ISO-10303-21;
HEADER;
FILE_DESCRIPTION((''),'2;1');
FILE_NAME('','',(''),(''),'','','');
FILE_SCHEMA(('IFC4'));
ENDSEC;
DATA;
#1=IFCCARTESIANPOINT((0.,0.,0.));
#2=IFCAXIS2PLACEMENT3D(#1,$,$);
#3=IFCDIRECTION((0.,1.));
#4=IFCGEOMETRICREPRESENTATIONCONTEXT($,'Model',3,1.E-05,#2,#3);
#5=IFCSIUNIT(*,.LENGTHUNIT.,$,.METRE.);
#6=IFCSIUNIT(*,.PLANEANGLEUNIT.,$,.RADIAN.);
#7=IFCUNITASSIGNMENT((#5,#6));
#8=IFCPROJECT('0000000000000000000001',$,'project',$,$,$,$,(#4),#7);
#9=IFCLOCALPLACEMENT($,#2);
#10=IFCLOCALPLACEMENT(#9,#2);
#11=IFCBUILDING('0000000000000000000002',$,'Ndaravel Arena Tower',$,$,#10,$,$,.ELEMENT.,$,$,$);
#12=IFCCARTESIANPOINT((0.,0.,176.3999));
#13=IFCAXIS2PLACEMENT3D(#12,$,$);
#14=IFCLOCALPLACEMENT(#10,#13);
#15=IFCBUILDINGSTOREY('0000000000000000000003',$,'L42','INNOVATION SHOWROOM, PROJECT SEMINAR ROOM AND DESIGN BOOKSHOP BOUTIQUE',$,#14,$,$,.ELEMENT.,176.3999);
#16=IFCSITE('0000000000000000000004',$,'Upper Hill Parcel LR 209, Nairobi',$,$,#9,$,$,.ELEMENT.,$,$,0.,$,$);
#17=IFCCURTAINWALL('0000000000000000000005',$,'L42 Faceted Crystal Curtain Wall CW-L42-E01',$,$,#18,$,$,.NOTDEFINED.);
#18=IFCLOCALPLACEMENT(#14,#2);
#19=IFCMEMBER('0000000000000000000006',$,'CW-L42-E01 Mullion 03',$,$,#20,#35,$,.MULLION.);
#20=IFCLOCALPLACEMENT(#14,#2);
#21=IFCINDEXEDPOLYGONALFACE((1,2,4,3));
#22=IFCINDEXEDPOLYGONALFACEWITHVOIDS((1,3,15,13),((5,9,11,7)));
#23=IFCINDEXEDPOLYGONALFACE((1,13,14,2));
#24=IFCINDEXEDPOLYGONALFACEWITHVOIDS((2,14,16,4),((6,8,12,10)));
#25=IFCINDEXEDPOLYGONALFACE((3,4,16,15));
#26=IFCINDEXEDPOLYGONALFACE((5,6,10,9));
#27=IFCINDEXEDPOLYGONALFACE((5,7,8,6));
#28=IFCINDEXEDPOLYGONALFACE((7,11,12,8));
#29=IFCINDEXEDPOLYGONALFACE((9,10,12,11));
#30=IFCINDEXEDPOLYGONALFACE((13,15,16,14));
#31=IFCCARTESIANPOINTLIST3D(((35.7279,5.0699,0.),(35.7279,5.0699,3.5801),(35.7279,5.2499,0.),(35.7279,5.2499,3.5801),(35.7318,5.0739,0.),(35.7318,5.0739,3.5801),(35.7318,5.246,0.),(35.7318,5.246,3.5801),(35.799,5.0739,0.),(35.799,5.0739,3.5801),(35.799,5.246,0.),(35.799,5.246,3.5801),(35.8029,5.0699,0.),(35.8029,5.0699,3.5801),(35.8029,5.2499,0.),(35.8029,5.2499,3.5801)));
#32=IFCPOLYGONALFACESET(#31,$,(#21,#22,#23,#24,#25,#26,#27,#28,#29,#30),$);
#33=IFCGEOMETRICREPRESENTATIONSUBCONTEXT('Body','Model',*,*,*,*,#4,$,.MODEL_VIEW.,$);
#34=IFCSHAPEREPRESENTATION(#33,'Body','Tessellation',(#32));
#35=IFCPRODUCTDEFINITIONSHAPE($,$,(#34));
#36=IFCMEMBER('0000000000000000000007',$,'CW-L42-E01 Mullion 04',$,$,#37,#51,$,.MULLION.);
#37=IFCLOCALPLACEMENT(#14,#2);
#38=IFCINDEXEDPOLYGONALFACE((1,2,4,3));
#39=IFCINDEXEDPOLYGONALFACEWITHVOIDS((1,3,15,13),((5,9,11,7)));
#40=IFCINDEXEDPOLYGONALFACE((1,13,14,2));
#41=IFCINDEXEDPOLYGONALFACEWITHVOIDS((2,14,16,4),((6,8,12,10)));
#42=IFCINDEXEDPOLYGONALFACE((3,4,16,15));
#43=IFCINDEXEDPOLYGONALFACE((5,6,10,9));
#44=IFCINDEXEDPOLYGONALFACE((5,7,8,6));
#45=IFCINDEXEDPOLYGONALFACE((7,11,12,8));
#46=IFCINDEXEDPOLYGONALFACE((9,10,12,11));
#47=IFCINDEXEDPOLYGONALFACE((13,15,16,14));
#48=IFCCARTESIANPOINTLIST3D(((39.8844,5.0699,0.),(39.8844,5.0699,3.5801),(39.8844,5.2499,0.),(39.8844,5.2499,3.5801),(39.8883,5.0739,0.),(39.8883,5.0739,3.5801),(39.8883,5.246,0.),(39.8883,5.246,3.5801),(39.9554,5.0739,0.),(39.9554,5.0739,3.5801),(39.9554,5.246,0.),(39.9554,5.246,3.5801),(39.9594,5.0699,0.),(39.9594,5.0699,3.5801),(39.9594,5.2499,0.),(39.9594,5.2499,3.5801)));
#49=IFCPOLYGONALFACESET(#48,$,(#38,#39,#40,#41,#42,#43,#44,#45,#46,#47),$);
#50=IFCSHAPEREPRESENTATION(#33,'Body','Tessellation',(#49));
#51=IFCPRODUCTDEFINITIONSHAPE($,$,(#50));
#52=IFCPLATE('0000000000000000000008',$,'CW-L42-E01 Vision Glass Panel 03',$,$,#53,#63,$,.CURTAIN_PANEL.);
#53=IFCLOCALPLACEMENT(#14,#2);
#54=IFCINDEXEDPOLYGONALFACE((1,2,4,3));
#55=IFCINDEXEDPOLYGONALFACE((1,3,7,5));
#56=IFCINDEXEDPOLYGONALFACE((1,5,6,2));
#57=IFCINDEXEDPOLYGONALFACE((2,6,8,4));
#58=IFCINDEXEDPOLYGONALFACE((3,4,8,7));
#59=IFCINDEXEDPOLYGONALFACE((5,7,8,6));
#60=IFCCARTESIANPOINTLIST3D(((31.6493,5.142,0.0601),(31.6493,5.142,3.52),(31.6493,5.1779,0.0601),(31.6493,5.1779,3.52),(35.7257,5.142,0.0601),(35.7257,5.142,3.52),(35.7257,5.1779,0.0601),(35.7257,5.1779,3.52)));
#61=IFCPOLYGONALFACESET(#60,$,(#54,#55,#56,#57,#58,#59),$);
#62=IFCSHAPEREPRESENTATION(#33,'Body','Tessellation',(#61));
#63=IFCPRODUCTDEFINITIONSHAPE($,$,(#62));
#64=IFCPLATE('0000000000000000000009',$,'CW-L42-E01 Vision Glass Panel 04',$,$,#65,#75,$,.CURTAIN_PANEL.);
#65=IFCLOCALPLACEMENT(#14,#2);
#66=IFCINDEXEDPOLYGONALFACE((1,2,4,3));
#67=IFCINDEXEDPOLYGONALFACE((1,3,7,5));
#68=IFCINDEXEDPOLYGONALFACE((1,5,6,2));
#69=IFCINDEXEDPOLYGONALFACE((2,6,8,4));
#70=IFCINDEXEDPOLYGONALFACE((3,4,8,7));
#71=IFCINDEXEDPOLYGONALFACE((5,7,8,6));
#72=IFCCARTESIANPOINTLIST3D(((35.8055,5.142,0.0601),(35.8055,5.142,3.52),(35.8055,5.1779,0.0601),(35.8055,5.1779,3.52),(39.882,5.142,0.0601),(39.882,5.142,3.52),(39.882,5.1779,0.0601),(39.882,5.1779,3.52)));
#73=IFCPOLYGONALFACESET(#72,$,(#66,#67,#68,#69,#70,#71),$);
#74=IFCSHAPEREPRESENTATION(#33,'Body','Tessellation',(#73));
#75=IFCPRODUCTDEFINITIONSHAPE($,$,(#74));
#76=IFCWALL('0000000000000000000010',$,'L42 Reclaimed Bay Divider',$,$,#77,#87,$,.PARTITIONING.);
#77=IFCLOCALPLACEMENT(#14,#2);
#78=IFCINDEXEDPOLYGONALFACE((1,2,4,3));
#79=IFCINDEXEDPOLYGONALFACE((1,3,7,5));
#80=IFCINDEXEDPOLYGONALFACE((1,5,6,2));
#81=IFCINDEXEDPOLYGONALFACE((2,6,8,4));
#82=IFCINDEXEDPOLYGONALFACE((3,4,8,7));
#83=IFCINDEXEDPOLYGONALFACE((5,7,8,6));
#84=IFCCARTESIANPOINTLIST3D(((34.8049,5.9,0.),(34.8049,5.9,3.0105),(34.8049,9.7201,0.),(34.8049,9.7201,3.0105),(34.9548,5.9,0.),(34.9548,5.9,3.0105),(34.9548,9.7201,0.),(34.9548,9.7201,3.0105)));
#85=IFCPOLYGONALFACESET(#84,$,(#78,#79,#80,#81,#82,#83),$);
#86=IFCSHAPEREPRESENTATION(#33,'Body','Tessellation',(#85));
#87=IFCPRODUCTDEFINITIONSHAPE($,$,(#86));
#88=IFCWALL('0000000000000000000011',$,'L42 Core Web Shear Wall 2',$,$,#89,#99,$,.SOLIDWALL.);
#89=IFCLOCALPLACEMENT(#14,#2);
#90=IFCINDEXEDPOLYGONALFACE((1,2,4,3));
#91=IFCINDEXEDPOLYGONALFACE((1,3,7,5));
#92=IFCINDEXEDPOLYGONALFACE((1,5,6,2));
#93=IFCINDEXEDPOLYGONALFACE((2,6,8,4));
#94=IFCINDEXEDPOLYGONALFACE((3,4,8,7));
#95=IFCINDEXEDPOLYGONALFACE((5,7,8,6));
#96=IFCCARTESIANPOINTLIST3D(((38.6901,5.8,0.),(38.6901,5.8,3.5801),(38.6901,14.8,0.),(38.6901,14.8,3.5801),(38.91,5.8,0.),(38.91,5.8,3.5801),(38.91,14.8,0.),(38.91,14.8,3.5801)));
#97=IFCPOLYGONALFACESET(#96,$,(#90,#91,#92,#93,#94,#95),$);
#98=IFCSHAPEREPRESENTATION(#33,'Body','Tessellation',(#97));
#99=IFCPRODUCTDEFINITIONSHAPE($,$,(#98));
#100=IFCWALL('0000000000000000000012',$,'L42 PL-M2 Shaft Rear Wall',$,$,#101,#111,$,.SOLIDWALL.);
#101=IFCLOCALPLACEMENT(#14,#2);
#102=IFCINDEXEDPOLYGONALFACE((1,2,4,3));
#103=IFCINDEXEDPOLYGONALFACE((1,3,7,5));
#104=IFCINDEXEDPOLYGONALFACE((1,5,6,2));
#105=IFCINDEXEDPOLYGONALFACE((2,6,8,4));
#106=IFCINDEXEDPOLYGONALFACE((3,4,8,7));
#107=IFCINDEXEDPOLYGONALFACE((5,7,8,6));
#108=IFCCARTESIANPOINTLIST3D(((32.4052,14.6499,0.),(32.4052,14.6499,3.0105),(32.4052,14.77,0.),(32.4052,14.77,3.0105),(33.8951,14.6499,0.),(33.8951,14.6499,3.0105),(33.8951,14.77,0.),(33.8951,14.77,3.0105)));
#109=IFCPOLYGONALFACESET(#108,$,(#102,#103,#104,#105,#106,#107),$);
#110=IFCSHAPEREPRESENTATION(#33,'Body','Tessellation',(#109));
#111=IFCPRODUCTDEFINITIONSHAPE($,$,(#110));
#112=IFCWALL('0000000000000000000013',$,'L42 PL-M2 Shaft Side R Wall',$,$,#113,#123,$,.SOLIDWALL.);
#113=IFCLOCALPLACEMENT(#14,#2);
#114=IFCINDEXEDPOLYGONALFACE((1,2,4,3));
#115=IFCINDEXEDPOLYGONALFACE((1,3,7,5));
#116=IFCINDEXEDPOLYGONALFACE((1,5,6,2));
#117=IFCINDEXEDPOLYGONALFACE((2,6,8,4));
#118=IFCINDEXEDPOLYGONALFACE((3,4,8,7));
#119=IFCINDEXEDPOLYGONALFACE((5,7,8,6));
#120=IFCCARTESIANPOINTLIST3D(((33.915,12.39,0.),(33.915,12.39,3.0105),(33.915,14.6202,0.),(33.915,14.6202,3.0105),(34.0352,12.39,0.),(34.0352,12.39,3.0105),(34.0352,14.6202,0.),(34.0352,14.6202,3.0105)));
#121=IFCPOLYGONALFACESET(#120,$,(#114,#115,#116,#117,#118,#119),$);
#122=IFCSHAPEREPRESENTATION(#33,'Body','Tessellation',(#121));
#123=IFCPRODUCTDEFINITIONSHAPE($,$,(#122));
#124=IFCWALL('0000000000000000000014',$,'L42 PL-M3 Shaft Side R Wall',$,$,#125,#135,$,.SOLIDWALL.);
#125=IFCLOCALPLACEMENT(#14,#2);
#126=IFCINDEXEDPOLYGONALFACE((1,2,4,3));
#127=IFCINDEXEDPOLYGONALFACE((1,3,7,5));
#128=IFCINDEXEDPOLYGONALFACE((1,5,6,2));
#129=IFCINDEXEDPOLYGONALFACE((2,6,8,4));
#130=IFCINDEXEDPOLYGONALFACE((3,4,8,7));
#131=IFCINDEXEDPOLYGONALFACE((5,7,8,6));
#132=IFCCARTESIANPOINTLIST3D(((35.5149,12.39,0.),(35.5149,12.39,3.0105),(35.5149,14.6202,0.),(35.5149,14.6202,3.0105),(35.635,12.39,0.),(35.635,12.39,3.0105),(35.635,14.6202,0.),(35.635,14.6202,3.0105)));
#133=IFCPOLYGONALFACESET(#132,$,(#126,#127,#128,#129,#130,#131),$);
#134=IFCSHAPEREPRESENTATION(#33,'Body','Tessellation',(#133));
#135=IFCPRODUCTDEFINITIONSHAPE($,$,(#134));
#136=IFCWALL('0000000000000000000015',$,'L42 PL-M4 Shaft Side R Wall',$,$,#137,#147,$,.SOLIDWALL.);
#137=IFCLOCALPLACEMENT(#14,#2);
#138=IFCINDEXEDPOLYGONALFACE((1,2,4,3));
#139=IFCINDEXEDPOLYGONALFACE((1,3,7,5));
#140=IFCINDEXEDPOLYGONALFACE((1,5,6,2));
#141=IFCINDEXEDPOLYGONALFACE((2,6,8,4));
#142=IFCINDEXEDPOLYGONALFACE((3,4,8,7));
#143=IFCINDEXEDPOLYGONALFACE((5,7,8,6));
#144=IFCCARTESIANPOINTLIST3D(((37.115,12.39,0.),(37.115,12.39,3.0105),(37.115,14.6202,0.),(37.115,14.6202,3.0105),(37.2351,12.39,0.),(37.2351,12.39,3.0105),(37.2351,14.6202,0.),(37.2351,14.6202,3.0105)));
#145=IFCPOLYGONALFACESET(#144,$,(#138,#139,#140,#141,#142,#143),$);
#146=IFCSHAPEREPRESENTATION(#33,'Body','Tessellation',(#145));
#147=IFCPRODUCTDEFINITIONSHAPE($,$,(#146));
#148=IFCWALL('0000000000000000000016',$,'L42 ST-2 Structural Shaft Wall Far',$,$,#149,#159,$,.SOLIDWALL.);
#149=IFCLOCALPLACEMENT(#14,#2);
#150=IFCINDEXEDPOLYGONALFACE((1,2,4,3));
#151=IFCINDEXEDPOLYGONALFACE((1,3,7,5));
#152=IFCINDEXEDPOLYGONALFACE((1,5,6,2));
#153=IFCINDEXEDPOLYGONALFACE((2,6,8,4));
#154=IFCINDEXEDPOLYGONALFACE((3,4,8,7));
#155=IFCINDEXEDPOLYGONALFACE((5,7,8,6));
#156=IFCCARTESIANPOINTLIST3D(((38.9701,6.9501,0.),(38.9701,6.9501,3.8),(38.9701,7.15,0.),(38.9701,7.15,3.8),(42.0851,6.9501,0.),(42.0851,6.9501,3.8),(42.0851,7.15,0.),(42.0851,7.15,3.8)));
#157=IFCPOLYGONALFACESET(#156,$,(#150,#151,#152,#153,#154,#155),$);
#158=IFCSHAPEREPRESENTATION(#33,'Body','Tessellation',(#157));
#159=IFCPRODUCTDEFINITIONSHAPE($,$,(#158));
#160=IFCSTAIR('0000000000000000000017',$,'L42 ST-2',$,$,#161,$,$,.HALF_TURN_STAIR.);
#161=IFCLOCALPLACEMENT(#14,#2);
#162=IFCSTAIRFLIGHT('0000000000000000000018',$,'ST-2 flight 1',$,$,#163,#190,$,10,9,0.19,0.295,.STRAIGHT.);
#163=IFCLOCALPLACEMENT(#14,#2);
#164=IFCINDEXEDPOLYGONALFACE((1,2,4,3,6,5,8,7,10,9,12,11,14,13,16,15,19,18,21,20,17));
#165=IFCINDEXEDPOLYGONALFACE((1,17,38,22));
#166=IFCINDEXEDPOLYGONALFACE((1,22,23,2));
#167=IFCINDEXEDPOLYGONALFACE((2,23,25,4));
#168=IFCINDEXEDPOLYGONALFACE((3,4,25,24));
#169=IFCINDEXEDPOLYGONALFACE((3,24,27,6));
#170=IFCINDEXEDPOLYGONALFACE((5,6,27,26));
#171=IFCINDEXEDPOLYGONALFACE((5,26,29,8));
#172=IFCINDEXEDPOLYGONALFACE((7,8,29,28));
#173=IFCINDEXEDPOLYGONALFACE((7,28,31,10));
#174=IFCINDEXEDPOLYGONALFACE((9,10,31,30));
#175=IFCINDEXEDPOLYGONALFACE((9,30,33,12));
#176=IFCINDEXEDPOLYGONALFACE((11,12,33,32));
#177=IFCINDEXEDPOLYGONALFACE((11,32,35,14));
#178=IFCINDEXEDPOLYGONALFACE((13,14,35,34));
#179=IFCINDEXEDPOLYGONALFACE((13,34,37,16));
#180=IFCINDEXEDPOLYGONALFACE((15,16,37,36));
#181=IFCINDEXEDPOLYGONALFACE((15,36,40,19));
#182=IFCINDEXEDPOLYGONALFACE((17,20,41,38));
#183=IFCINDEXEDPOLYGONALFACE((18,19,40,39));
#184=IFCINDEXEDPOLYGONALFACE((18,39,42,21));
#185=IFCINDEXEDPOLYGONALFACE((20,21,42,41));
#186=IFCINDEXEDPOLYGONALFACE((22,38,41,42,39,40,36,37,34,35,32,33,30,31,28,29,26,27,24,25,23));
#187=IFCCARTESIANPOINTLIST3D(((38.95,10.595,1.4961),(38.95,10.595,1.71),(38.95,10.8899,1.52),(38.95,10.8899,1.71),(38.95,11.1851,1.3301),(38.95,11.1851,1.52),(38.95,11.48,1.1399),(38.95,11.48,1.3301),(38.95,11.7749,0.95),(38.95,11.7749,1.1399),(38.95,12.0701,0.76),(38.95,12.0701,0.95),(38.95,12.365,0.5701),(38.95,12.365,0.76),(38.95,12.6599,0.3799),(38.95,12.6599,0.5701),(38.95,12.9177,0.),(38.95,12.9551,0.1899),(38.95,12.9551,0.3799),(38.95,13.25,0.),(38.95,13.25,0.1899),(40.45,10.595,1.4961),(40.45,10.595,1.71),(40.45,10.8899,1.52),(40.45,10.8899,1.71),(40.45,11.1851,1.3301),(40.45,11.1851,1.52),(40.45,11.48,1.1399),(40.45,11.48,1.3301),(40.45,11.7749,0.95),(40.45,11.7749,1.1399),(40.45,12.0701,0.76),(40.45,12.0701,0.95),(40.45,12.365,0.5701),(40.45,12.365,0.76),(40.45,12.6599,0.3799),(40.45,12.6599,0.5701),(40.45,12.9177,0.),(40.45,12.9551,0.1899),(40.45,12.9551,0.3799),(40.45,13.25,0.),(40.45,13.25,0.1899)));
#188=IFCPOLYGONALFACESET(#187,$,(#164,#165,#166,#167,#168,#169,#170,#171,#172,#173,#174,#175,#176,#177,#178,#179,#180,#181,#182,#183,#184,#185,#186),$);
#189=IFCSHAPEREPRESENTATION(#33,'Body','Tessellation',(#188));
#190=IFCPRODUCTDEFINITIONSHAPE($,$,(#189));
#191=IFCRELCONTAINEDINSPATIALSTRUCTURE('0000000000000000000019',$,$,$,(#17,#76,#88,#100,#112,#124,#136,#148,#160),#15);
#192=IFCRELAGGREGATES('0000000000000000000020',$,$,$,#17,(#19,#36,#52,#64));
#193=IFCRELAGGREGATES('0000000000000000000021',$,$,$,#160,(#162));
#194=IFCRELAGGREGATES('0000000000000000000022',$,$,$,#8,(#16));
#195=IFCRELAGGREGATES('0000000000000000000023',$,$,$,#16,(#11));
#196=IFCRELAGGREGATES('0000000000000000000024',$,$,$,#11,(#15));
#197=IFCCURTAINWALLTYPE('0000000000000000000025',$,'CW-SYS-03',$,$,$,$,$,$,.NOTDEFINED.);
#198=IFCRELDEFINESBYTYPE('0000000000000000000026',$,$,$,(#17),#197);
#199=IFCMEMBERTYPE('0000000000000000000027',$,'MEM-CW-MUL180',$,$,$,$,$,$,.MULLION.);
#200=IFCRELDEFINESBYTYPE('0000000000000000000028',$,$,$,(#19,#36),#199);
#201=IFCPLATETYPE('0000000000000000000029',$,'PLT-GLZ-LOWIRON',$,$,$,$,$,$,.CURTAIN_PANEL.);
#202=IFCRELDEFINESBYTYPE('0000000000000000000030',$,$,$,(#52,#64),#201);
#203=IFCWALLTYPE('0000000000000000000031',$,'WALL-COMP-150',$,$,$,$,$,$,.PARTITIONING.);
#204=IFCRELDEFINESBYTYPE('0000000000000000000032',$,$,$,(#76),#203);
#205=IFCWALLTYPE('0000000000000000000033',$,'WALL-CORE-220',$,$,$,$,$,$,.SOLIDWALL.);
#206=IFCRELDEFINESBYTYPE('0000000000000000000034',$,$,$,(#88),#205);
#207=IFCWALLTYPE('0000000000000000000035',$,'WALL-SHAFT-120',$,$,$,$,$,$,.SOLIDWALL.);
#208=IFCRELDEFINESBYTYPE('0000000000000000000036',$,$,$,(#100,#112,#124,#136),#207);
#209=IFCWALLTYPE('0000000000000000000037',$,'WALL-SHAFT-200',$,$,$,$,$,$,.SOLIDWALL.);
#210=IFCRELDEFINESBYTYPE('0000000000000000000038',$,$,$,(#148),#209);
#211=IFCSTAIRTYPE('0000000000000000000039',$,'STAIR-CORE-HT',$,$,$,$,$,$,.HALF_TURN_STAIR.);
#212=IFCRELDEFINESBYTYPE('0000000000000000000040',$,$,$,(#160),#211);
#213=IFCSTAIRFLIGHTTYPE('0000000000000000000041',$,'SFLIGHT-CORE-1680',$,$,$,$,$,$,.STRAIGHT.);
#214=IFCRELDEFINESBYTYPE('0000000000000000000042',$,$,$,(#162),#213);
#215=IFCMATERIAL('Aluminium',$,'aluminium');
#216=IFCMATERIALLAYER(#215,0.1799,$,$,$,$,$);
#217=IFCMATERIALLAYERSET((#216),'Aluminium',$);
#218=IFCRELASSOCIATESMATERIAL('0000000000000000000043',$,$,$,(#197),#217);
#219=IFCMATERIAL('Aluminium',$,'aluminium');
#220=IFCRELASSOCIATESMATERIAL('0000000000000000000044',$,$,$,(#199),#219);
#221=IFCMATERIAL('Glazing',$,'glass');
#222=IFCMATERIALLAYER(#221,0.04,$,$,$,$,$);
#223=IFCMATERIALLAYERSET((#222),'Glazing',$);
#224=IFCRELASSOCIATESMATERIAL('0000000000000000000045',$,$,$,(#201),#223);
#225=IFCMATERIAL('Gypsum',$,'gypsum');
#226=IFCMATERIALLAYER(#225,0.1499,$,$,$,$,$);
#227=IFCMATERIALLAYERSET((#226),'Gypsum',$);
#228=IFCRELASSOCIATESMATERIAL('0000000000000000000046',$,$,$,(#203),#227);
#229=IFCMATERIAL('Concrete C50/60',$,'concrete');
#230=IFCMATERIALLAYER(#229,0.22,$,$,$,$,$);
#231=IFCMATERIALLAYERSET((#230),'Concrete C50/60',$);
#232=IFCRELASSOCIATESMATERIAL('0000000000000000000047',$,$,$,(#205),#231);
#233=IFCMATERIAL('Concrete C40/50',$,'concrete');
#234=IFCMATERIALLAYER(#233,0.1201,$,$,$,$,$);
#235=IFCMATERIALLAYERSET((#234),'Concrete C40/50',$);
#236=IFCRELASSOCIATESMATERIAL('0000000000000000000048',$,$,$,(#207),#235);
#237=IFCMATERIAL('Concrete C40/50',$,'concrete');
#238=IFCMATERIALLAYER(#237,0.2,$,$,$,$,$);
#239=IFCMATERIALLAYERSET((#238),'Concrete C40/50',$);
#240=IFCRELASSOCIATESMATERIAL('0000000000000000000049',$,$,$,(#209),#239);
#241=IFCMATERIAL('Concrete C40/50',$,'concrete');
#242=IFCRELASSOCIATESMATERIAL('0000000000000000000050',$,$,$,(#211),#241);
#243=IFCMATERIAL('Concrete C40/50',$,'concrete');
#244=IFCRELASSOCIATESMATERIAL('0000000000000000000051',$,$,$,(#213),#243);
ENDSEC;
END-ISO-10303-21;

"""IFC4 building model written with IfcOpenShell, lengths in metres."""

from ifc_helpers import new_model, si_unit, direction, frame, frame_2d, origin, origin_2d, place, context, subcontext, project, spatial, polyline, rectangle, hollow_rectangle, outline, extrude, material, layer, layer_set, material_profile, profile_set, type_object, element, aggregate, save


model = new_model("IFC4")

# Units and contexts
model_context = context("Model", 3, precision=1e-05, world=origin(), true_north=direction((0.0, 1.0)))
body_context = subcontext(model_context, "Body", "Model", "MODEL_VIEW")
ifc_project = project(units=[si_unit("LENGTHUNIT", "METRE"), si_unit("PLANEANGLEUNIT", "RADIAN")], contexts=[model_context])

# Site, building, storey
site_placement = place(None, origin())
site = spatial("IfcSite", under=ifc_project, at=site_placement, Name="Upper Hill Parcel LR 209, Nairobi", CompositionType="ELEMENT", RefElevation=0.0)
building_placement = place(site_placement, origin())
building = spatial("IfcBuilding", under=site, at=building_placement, Name="Ndaravel Arena Tower", CompositionType="ELEMENT")
storey_placement = place(building_placement, frame((0.0, 0.0, 176.3999)))
storey = spatial("IfcBuildingStorey", under=building, at=storey_placement, Name="L42", Description="INNOVATION SHOWROOM, PROJECT SEMINAR ROOM AND DESIGN BOOKSHOP BOUTIQUE", CompositionType="ELEMENT", Elevation=176.3999)

# Curtain wall, members, plates
ifc_material_1 = material(Name="Aluminium", Category="aluminium")
ifc_layer_1 = layer(ifc_material_1, 0.1799)
ifc_layer_set_1 = layer_set([ifc_layer_1], Name="Aluminium")
curtain_wall_type = type_object("IfcCurtainWallType", Name="CW-SYS-03", PredefinedType="NOTDEFINED", material=ifc_layer_set_1)
curtain_wall_placement = place(storey_placement, origin())
curtain_wall = element("IfcCurtainWall", 1, at=curtain_wall_placement, inside=storey, type_object=curtain_wall_type, Name="L42 Faceted Crystal Curtain Wall CW-L42-E01", PredefinedType="NOTDEFINED")
ifc_material_2 = material(Name="Aluminium", Category="aluminium")
ifc_material_profile = material_profile(ifc_material_2, hollow_rectangle(XDim=0.075, YDim=0.1799, WallThickness=0.0039, at=origin_2d()), Name="CW MULLION 75x180x4")
ifc_profile_set = profile_set([ifc_material_profile], Name="Aluminium")
member_type = type_object("IfcMemberType", Name="MEM-CW-MUL180", PredefinedType="MULLION", material=ifc_profile_set)
member_1_placement = place(storey_placement, frame((35.7654, 5.1599, 0.0), z_axis=(0.0, 0.0, 1.0), x_axis=(1.0, 0.0, 0.0)))
member_1 = element("IfcMember", 2, at=member_1_placement, type_object=member_type, Name="CW-L42-E01 Mullion 03", PredefinedType="MULLION", context=body_context, shape_type="SweptSolid", body=[
    extrude(hollow_rectangle(XDim=0.075, YDim=0.1799, WallThickness=0.0039, at=origin_2d()), origin(), (0.0, 0.0, 1.0), 3.5801),
])
member_2_placement = place(storey_placement, frame((39.9219, 5.1599, 0.0), z_axis=(0.0, 0.0, 1.0), x_axis=(1.0, 0.0, 0.0)))
member_2 = element("IfcMember", 3, at=member_2_placement, type_object=member_type, Name="CW-L42-E01 Mullion 04", PredefinedType="MULLION", context=body_context, shape_type="SweptSolid", body=[
    extrude(hollow_rectangle(XDim=0.075, YDim=0.1799, WallThickness=0.0039, at=origin_2d()), origin(), (0.0, 0.0, 1.0), 3.5801),
])
ifc_material_3 = material(Name="Glazing", Category="glass")
ifc_layer_2 = layer(ifc_material_3, 0.04)
ifc_layer_set_2 = layer_set([ifc_layer_2], Name="Glazing")
plate_type = type_object("IfcPlateType", Name="PLT-GLZ-LOWIRON", PredefinedType="CURTAIN_PANEL", material=ifc_layer_set_2)
plate_1_placement = place(storey_placement, frame((33.6875, 5.1599, 0.0601), z_axis=(0.0, 0.0, 1.0), x_axis=(1.0, 0.0, 0.0)))
plate_1 = element("IfcPlate", 4, at=plate_1_placement, type_object=plate_type, Name="CW-L42-E01 Vision Glass Panel 03", PredefinedType="CURTAIN_PANEL", context=body_context, shape_type="SweptSolid", body=[
    extrude(rectangle(XDim=4.0764, YDim=0.0359, at=origin_2d()), origin(), (0.0, 0.0, 1.0), 3.46),
])
plate_2_placement = place(storey_placement, frame((37.8438, 5.1599, 0.0601), z_axis=(0.0, 0.0, 1.0), x_axis=(1.0, 0.0, 0.0)))
plate_2 = element("IfcPlate", 5, at=plate_2_placement, type_object=plate_type, Name="CW-L42-E01 Vision Glass Panel 04", PredefinedType="CURTAIN_PANEL", context=body_context, shape_type="SweptSolid", body=[
    extrude(rectangle(XDim=4.0764, YDim=0.0359, at=origin_2d()), origin(), (0.0, 0.0, 1.0), 3.46),
])
aggregate(curtain_wall, [member_1, member_2, plate_1, plate_2])

# Walls
ifc_material_4 = material(Name="Gypsum", Category="gypsum")
ifc_layer_3 = layer(ifc_material_4, 0.1499)
ifc_layer_set_3 = layer_set([ifc_layer_3], Name="Gypsum")
wall_type_1 = type_object("IfcWallType", Name="WALL-COMP-150", PredefinedType="PARTITIONING", material=ifc_layer_set_3)
wall_1_placement = place(storey_placement, frame((34.8799, 5.8999, 0.0), z_axis=(0.0, 0.0, 1.0), x_axis=(0.0, 1.0, 0.0)))
element("IfcWall", 6, at=wall_1_placement, inside=storey, type_object=wall_type_1, Name="L42 Reclaimed Bay Divider", PredefinedType="PARTITIONING", context=body_context, shape_type="SweptSolid", body=[
    extrude(rectangle(XDim=3.8201, YDim=0.1499, at=frame_2d((1.9102, 0.0))), origin(), (0.0, 0.0, 1.0), 3.0105),
])
ifc_material_5 = material(Name="Concrete C50/60", Category="concrete")
ifc_layer_4 = layer(ifc_material_5, 0.22)
ifc_layer_set_4 = layer_set([ifc_layer_4], Name="Concrete C50/60")
wall_type_2 = type_object("IfcWallType", Name="WALL-CORE-220", PredefinedType="SOLIDWALL", material=ifc_layer_set_4)
wall_2_placement = place(storey_placement, frame((38.8, 5.8, 0.0), z_axis=(0.0, 0.0, 1.0), x_axis=(0.0, 1.0, 0.0)))
element("IfcWall", 7, at=wall_2_placement, inside=storey, type_object=wall_type_2, Name="L42 Core Web Shear Wall 2", PredefinedType="SOLIDWALL", context=body_context, shape_type="SweptSolid", body=[
    extrude(rectangle(XDim=9.0, YDim=0.22, at=frame_2d((4.5, 0.0))), origin(), (0.0, 0.0, 1.0), 3.5801),
])
ifc_material_6 = material(Name="Concrete C40/50", Category="concrete")
ifc_layer_5 = layer(ifc_material_6, 0.1201)
ifc_layer_set_5 = layer_set([ifc_layer_5], Name="Concrete C40/50")
wall_type_3 = type_object("IfcWallType", Name="WALL-SHAFT-120", PredefinedType="SOLIDWALL", material=ifc_layer_set_5)
wall_3_placement = place(storey_placement, frame((32.405, 14.71, 0.0), z_axis=(0.0, 0.0, 1.0), x_axis=(1.0, 0.0, 0.0)))
element("IfcWall", 8, at=wall_3_placement, inside=storey, type_object=wall_type_3, Name="L42 PL-M2 Shaft Rear Wall", PredefinedType="SOLIDWALL", context=body_context, shape_type="SweptSolid", body=[
    extrude(rectangle(XDim=1.49, YDim=0.1201, at=frame_2d((0.7451, 0.0))), origin(), (0.0, 0.0, 1.0), 3.0105),
])
for number, where, z_axis, x_axis, name in (
    (9, (33.9751, 12.3899, 0.0), (0.0, 0.0, 1.0), (0.0, 1.0, 0.0), "L42 PL-M2 Shaft Side R Wall"),
    (10, (35.575, 12.3899, 0.0), (0.0, 0.0, 1.0), (0.0, 1.0, 0.0), "L42 PL-M3 Shaft Side R Wall"),
    (11, (37.175, 12.3899, 0.0), (0.0, 0.0, 1.0), (0.0, 1.0, 0.0), "L42 PL-M4 Shaft Side R Wall"),
):
    element("IfcWall", number, at=place(storey_placement, frame(where, z_axis=z_axis, x_axis=x_axis)), inside=storey, type_object=wall_type_3, Name=name, PredefinedType="SOLIDWALL", context=body_context, shape_type="SweptSolid", body=[
        extrude(rectangle(XDim=2.2302, YDim=0.1201, at=frame_2d((1.1152, 0.0))), origin(), (0.0, 0.0, 1.0), 3.0105),
    ])
ifc_material_7 = material(Name="Concrete C40/50", Category="concrete")
ifc_layer_6 = layer(ifc_material_7, 0.2)
ifc_layer_set_6 = layer_set([ifc_layer_6], Name="Concrete C40/50")
wall_type_4 = type_object("IfcWallType", Name="WALL-SHAFT-200", PredefinedType="SOLIDWALL", material=ifc_layer_set_6)
wall_4_placement = place(storey_placement, frame((38.97, 7.05, 0.0), z_axis=(0.0, 0.0, 1.0), x_axis=(1.0, 0.0, 0.0)))
element("IfcWall", 12, at=wall_4_placement, inside=storey, type_object=wall_type_4, Name="L42 ST-2 Structural Shaft Wall Far", PredefinedType="SOLIDWALL", context=body_context, shape_type="SweptSolid", body=[
    extrude(rectangle(XDim=3.115, YDim=0.2, at=frame_2d((1.5576, 0.0))), origin(), (0.0, 0.0, 1.0), 3.8),
])

# Stair, stair flight
ifc_material_8 = material(Name="Concrete C40/50", Category="concrete")
stair_type = type_object("IfcStairType", Name="STAIR-CORE-HT", PredefinedType="HALF_TURN_STAIR", material=ifc_material_8)
stair_placement = place(storey_placement, origin())
stair = element("IfcStair", 13, at=stair_placement, inside=storey, type_object=stair_type, Name="L42 ST-2", PredefinedType="HALF_TURN_STAIR")
ifc_material_9 = material(Name="Concrete C40/50", Category="concrete")
stair_flight_type = type_object("IfcStairFlightType", Name="SFLIGHT-CORE-1680", PredefinedType="STRAIGHT", material=ifc_material_9)
stair_flight_1_placement = place(storey_placement, frame((39.7, 13.25, 0.0), z_axis=(0.0, 0.0, 1.0), x_axis=(0.0, -1.0, 0.0)))
stair_flight_1 = element("IfcStairFlight", 14, at=stair_flight_1_placement, type_object=stair_flight_type, Name="ST-2 flight 1", NumberOfRisers=10, NumberOfTreads=9, PredefinedType="STRAIGHT", RiserHeight=0.19, TreadLength=0.295, context=body_context, shape_type="SweptSolid", body=[
    extrude(outline(polyline([(0.0, 0.0), (0.0, 0.1899), (0.2949, 0.1899), (0.2949, 0.3799), (0.5901, 0.3799), (0.5901, 0.5701), (0.885, 0.5701), (0.885, 0.76), (1.1799, 0.76), (1.1799, 0.95), (1.4751, 0.95), (1.4751, 1.1399), (1.77, 1.1399), (1.77, 1.3301), (2.0649, 1.3301), (2.0649, 1.52), (2.3601, 1.52), (2.3601, 1.71), (2.655, 1.71), (2.655, 1.8999), (2.655, 1.4961), (0.3323, 0.0), (0.0, 0.0)])), frame((0.0, 0.75, 0.0), z_axis=(0.0, -1.0, 0.0), x_axis=(1.0, 0.0, 0.0)), (0.0, 0.0, 1.0), 1.5),
])
aggregate(stair, [stair_flight_1])

save(model, "model.ifc")
